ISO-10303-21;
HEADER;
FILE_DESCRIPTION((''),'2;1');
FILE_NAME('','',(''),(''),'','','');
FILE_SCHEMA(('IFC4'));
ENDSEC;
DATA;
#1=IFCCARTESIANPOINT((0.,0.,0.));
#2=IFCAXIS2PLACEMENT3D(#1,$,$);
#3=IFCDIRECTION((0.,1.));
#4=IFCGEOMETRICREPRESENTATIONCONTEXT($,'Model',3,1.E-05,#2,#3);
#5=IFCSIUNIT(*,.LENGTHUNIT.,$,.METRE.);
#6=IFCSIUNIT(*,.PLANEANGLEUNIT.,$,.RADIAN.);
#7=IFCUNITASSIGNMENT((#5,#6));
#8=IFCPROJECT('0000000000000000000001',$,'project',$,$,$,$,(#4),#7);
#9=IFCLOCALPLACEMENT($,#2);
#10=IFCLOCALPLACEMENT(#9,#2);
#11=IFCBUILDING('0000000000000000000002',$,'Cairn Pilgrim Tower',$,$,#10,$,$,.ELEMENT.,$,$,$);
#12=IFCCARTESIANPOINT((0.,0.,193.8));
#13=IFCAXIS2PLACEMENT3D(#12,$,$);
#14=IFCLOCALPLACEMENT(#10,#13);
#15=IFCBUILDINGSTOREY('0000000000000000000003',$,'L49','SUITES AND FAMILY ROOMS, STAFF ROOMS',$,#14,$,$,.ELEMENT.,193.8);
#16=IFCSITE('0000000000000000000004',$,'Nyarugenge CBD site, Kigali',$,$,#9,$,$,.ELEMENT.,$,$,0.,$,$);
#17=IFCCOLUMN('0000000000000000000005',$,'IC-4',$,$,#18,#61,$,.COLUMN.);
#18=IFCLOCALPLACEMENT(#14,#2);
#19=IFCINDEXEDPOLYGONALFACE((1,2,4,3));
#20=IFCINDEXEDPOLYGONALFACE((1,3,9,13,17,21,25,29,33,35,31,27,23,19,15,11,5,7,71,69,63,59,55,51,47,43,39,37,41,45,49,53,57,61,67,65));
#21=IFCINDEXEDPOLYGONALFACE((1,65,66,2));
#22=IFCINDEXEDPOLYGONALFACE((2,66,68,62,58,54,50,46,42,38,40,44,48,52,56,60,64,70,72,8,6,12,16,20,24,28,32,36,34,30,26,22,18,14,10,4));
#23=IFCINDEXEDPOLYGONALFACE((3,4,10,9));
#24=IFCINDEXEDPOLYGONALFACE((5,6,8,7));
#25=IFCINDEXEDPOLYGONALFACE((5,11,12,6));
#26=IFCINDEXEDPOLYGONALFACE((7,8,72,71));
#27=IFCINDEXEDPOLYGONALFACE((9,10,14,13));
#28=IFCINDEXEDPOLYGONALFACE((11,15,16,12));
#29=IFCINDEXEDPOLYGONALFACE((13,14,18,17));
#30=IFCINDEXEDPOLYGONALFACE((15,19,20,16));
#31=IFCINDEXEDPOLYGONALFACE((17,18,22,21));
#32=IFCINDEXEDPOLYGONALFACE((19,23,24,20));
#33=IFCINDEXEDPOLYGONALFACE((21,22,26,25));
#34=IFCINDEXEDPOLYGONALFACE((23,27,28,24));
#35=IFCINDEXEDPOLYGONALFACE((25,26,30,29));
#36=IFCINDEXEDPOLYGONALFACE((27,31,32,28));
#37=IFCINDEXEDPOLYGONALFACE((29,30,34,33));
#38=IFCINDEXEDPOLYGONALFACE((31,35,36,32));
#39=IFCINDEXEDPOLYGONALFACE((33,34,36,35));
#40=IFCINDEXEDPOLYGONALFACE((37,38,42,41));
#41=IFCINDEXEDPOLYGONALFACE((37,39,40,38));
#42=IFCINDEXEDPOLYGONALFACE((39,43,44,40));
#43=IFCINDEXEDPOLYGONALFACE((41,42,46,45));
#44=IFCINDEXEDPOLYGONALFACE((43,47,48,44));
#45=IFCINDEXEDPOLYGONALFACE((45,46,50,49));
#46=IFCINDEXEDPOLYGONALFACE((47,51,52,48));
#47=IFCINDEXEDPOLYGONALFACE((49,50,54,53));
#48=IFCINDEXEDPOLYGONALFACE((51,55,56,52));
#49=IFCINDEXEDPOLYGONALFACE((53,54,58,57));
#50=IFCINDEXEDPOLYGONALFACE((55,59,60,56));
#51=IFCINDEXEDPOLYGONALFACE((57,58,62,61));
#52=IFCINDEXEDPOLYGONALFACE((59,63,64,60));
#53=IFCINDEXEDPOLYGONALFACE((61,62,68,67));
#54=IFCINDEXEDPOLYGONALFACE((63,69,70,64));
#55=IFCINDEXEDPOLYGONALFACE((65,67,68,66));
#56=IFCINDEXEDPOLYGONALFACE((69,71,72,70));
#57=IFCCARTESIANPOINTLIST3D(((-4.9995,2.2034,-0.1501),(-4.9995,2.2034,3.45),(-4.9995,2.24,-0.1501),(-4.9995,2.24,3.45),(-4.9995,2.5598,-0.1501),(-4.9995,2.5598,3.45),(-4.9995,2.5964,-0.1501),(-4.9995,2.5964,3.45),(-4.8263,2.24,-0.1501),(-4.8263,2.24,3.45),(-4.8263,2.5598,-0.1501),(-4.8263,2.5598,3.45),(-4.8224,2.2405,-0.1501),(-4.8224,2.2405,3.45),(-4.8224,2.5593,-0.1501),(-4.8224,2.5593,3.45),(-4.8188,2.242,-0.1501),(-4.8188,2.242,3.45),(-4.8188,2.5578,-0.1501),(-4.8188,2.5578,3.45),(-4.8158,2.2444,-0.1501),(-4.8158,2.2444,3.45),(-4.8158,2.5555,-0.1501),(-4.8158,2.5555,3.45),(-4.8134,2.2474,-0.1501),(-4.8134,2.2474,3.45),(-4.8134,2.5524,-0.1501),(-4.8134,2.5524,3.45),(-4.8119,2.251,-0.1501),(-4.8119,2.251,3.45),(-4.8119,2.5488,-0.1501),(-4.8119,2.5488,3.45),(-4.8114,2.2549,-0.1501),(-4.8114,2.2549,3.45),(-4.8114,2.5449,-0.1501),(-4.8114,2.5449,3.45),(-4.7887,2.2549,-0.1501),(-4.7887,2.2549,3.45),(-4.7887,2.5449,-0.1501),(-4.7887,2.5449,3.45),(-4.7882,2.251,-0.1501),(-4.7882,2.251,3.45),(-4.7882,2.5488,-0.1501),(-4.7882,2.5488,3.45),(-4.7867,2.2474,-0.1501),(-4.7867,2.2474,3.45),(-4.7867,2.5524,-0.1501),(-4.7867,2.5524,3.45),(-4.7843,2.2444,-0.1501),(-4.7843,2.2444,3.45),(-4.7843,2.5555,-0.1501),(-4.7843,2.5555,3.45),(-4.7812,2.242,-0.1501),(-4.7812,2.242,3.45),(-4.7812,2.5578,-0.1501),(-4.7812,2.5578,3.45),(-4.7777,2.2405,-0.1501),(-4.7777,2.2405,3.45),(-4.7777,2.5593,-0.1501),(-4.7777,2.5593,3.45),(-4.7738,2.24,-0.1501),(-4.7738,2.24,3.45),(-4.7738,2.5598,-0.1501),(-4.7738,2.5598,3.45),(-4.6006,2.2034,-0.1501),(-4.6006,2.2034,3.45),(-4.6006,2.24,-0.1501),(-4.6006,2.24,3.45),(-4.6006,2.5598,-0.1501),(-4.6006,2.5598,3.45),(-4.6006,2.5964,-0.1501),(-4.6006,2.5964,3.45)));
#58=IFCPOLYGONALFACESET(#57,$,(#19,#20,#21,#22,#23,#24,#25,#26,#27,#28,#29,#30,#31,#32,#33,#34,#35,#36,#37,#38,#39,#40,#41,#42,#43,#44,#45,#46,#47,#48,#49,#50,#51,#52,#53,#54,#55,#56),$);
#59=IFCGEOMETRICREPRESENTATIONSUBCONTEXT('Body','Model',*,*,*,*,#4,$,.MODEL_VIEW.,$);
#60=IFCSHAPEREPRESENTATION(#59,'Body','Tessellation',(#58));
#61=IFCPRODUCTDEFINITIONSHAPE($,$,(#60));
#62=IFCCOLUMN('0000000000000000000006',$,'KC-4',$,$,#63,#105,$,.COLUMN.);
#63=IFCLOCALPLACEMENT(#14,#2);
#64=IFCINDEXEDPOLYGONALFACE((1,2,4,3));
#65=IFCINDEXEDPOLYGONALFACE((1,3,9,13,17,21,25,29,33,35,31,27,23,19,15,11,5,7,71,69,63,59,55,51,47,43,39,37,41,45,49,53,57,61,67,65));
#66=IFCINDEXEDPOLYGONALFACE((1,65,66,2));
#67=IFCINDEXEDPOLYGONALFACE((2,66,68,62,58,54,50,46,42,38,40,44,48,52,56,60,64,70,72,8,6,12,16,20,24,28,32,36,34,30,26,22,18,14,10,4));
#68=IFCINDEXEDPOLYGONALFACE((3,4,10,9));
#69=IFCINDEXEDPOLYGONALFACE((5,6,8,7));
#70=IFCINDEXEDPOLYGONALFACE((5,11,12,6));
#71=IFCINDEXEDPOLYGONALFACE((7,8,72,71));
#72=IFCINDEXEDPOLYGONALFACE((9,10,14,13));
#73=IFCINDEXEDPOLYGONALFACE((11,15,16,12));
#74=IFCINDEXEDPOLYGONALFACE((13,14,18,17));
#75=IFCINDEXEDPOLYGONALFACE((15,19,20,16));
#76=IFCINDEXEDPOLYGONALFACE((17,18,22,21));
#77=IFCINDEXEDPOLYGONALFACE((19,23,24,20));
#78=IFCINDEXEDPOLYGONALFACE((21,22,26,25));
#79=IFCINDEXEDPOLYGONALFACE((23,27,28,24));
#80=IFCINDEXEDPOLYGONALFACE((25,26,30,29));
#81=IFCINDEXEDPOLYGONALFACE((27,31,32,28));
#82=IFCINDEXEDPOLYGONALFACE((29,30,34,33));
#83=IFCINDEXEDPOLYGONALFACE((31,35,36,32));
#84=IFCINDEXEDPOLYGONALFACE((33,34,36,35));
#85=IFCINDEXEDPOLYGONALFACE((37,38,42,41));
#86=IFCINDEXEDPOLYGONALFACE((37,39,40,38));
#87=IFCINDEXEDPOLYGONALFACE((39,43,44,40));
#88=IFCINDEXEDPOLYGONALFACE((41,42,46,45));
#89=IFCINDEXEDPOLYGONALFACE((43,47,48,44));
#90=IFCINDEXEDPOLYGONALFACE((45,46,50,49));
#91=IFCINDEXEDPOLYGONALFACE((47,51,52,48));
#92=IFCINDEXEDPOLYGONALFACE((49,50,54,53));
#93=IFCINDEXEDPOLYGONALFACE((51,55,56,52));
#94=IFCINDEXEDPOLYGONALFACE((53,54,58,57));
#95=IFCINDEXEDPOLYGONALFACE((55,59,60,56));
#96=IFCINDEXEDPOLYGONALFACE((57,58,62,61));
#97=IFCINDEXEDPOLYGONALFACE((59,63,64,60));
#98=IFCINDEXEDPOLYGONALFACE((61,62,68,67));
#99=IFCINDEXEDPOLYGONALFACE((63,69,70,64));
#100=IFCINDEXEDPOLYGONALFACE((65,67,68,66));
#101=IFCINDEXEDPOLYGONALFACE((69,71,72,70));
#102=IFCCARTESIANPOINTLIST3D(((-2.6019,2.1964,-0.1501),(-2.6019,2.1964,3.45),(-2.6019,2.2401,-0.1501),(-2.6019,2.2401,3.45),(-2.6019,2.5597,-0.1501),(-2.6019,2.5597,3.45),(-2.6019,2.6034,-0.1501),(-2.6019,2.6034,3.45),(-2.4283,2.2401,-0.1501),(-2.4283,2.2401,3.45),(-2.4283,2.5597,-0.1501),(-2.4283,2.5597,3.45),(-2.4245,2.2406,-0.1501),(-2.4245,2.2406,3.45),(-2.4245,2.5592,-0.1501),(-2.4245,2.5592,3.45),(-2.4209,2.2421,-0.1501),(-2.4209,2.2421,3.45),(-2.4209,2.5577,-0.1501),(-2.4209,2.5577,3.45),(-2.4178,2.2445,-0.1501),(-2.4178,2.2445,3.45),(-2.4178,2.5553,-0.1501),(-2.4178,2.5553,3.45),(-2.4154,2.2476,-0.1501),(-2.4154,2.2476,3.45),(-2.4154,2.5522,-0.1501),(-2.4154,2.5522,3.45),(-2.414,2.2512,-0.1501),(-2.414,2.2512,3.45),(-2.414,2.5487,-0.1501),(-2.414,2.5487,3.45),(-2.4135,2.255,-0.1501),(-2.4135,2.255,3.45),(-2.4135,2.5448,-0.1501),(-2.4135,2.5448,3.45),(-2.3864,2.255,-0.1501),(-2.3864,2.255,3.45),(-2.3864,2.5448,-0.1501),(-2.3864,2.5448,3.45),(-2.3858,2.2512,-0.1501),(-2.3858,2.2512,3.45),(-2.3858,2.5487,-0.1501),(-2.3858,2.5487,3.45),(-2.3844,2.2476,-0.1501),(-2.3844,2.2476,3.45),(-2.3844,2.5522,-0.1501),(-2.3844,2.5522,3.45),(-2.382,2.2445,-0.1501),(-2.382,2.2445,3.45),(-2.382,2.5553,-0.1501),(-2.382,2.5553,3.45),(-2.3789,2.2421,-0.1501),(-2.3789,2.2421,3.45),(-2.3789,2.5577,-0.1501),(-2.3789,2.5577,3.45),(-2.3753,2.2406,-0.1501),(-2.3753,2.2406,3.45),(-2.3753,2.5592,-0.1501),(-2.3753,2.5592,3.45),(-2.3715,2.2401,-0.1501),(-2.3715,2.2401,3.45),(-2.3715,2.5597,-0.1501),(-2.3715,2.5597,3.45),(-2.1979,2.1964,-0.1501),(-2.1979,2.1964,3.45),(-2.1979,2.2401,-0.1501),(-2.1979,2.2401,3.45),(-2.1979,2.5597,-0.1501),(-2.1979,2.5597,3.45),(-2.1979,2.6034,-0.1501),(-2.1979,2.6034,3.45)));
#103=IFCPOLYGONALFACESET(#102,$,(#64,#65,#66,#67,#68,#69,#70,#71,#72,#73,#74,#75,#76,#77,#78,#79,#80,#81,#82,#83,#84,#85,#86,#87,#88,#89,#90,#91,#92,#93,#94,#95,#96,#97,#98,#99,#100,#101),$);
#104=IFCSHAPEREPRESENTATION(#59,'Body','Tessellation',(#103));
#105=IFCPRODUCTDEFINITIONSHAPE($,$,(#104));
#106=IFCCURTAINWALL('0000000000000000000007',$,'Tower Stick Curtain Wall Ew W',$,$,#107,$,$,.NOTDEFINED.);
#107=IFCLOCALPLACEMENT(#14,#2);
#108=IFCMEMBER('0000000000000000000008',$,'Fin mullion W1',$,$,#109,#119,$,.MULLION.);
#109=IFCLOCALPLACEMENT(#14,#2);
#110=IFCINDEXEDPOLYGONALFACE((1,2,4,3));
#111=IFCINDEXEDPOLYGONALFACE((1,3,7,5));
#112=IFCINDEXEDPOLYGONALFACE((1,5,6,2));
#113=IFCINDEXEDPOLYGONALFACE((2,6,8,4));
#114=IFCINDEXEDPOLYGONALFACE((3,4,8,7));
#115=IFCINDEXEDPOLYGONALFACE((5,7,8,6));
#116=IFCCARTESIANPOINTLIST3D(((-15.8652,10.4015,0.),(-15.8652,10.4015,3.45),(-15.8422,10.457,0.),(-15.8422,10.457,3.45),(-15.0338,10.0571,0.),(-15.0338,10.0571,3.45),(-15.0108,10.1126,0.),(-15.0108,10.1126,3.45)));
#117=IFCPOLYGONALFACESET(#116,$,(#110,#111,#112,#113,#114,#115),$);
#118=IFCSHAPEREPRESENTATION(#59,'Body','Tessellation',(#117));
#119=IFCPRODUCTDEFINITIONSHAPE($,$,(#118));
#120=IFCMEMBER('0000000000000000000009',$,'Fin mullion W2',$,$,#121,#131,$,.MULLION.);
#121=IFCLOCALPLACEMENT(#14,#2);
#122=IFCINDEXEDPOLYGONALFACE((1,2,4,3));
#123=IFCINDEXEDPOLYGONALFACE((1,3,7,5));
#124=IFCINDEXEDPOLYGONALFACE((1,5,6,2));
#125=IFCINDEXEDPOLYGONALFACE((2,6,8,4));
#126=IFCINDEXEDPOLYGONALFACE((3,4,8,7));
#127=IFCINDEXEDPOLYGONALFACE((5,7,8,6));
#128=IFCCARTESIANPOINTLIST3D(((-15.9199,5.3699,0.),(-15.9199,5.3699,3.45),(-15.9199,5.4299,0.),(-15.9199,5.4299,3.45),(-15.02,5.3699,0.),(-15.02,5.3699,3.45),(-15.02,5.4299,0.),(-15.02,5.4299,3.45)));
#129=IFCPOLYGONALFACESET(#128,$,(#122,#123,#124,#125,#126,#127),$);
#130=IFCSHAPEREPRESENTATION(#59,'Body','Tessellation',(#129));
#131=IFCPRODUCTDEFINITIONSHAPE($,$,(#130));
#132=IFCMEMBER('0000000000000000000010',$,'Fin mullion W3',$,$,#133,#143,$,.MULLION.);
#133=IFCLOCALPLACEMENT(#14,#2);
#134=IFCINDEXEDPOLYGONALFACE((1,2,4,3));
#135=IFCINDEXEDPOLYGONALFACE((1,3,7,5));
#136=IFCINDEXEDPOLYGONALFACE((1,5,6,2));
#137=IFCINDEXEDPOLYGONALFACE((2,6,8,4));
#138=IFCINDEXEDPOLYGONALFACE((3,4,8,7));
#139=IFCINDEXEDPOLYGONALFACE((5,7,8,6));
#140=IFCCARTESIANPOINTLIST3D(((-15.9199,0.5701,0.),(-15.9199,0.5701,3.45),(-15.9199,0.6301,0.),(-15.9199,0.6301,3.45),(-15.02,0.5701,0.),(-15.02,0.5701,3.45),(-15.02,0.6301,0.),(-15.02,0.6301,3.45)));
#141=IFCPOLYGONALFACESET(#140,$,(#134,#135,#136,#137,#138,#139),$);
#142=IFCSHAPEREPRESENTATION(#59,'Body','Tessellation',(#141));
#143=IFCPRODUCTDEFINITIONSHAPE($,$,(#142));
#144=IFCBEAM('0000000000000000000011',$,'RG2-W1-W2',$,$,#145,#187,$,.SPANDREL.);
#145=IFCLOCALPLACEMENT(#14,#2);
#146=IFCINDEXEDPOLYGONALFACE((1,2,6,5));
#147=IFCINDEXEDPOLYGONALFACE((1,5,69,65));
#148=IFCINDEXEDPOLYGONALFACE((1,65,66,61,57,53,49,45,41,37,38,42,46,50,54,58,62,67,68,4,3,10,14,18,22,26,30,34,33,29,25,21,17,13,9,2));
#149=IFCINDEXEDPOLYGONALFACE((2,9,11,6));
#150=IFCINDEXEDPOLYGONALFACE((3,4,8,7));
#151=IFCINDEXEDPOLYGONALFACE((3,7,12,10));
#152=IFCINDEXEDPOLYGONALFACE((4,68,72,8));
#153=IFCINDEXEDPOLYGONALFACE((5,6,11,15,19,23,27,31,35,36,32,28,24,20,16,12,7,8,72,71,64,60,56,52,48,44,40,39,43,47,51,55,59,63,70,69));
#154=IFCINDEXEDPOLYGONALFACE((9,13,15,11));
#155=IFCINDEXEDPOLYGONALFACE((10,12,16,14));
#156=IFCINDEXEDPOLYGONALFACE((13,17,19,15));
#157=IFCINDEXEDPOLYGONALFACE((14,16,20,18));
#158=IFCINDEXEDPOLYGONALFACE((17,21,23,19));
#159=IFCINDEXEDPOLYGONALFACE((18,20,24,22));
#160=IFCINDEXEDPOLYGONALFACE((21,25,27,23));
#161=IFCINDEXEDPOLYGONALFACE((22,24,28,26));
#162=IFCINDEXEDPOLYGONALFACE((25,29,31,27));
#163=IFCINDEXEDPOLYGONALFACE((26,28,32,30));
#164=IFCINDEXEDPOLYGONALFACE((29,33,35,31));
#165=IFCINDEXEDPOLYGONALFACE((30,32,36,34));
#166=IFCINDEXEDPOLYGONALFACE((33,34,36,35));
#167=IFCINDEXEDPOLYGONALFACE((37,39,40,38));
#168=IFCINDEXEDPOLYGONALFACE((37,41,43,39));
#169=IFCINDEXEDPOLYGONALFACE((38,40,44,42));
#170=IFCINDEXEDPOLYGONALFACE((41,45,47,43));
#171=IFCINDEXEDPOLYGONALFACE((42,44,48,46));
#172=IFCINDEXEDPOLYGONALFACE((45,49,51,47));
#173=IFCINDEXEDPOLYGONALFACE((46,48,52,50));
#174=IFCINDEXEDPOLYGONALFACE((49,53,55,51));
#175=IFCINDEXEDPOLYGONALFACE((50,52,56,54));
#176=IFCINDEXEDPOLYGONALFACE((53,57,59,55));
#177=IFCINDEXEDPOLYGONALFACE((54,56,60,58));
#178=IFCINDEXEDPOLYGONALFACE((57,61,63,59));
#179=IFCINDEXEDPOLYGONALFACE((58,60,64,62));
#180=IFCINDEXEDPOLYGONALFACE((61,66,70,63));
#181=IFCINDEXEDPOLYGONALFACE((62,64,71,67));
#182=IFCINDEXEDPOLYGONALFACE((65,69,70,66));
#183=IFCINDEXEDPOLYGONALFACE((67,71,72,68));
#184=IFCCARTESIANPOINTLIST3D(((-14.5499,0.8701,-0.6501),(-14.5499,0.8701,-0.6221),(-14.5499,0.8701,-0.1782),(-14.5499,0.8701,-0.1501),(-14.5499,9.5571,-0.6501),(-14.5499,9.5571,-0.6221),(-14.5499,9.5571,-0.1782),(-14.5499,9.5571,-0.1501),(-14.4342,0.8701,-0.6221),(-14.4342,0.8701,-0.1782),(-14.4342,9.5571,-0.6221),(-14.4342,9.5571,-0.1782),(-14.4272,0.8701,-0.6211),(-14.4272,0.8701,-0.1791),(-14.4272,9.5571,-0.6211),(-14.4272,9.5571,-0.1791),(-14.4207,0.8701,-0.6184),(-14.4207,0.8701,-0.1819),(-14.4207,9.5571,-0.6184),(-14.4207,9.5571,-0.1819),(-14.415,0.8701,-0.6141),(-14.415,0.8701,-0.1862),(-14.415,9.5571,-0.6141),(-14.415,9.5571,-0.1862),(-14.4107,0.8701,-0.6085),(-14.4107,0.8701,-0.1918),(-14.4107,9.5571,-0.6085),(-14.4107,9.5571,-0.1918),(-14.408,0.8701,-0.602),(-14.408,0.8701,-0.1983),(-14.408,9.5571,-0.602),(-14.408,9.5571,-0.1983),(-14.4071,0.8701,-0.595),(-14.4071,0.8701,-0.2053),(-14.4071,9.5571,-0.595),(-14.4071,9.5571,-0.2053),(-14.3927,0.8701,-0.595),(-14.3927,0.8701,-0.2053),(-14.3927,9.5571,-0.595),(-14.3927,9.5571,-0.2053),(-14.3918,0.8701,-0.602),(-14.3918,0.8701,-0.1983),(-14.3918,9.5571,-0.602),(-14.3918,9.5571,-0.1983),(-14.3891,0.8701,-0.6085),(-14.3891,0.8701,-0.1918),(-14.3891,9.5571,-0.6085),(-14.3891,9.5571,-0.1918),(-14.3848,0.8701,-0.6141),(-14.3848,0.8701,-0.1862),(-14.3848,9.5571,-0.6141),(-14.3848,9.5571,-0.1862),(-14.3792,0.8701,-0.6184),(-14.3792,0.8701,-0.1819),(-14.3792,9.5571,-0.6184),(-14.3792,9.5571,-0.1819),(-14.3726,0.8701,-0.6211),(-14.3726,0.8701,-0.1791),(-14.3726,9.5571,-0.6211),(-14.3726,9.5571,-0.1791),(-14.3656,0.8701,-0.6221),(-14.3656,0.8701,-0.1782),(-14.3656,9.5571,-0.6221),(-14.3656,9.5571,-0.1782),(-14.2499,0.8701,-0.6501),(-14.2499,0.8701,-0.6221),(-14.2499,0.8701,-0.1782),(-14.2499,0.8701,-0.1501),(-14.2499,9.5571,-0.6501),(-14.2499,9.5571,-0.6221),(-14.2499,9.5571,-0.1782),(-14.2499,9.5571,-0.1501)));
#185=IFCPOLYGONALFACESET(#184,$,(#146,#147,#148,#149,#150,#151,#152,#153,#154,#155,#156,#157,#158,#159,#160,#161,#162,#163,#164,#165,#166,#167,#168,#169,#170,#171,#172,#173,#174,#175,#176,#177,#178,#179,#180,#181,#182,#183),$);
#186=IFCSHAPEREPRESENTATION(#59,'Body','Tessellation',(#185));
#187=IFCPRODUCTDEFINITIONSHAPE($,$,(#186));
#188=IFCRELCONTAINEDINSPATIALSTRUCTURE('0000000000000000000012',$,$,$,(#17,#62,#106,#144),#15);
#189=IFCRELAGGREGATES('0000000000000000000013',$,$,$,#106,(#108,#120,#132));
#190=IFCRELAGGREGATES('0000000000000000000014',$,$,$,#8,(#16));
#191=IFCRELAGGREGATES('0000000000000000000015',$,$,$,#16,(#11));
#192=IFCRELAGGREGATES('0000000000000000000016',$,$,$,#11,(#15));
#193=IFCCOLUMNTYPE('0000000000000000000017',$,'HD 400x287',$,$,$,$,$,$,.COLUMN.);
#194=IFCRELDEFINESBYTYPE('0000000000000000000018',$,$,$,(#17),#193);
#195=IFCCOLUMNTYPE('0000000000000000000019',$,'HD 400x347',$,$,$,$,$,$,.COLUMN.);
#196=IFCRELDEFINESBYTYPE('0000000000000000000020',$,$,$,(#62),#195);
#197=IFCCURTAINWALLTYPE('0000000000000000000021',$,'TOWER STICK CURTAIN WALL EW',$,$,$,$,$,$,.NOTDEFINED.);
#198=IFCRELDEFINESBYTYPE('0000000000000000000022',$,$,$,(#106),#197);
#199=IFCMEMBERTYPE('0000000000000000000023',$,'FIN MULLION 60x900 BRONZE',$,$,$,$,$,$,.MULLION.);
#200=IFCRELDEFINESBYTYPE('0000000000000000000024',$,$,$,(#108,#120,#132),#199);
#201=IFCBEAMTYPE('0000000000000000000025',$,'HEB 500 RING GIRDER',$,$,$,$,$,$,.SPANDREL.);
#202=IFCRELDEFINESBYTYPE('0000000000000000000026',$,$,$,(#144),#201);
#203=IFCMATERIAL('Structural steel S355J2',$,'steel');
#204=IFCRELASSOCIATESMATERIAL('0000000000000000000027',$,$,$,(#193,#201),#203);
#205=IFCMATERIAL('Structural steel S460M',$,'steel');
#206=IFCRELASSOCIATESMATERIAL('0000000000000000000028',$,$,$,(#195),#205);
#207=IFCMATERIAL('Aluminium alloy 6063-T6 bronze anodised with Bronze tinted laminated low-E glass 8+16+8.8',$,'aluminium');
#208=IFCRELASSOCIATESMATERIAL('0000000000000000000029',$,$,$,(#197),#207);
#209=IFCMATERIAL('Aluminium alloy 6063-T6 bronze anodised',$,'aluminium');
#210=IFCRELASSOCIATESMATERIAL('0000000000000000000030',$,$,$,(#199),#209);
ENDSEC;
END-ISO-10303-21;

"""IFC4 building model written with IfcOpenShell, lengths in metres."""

from ifc_helpers import new_model, si_unit, direction, frame, origin, origin_2d, place, context, subcontext, project, spatial, rectangle, i_section, extrude, material, material_profile, profile_set, type_object, element, aggregate, save


model = new_model("IFC4")

# Units and contexts
model_context = context("Model", 3, precision=1e-05, world=origin(), true_north=direction((0.0, 1.0)))
body_context = subcontext(model_context, "Body", "Model", "MODEL_VIEW")
ifc_project = project(units=[si_unit("LENGTHUNIT", "METRE"), si_unit("PLANEANGLEUNIT", "RADIAN")], contexts=[model_context])

# Site, building, storey
site_placement = place(None, origin())
site = spatial("IfcSite", under=ifc_project, at=site_placement, Name="Nyarugenge CBD site, Kigali", CompositionType="ELEMENT", RefElevation=0.0)
building_placement = place(site_placement, origin())
building = spatial("IfcBuilding", under=site, at=building_placement, Name="Cairn Pilgrim Tower", CompositionType="ELEMENT")
storey_placement = place(building_placement, frame((0.0, 0.0, 193.8)))
storey = spatial("IfcBuildingStorey", under=building, at=storey_placement, Name="L49", Description="SUITES AND FAMILY ROOMS, STAFF ROOMS", CompositionType="ELEMENT", Elevation=193.8)

# Columns
ifc_material_1 = material(Name="Structural steel S460M", Category="steel")
ifc_material_2 = material(Name="Structural steel S355J2", Category="steel")
ifc_material_profile_1 = material_profile(ifc_material_2, i_section(OverallWidth=0.3989, OverallDepth=0.3931, WebThickness=0.0227, FlangeThickness=0.0366, FilletRadius=0.0149, at=origin_2d()), Name="HD 400x287")
ifc_profile_set_1 = profile_set([ifc_material_profile_1], Name="Structural steel S355J2")
column_type_1 = type_object("IfcColumnType", Name="HD 400x287", PredefinedType="COLUMN", material=ifc_profile_set_1)
column_1_placement = place(storey_placement, frame((-4.8, 2.3999, -0.1501), z_axis=(0.0, 0.0, 1.0), x_axis=(1.0, 0.0, 0.0)))
element("IfcColumn", 1, at=column_1_placement, inside=storey, type_object=column_type_1, Name="IC-4", PredefinedType="COLUMN", context=body_context, shape_type="SweptSolid", body=[
    extrude(i_section(OverallWidth=0.3989, OverallDepth=0.3931, WebThickness=0.0227, FlangeThickness=0.0366, FilletRadius=0.0149, at=origin_2d()), origin(), (0.0, 0.0, 1.0), 3.6001),
])
ifc_material_profile_2 = material_profile(ifc_material_1, i_section(OverallWidth=0.4041, OverallDepth=0.407, WebThickness=0.0271, FlangeThickness=0.0437, FilletRadius=0.0149, at=origin_2d()), Name="HD 400x347")
ifc_profile_set_2 = profile_set([ifc_material_profile_2], Name="Structural steel S460M")
column_type_2 = type_object("IfcColumnType", Name="HD 400x347", PredefinedType="COLUMN", material=ifc_profile_set_2)
column_2_placement = place(storey_placement, frame((-2.3999, 2.3999, -0.1501), z_axis=(0.0, 0.0, 1.0), x_axis=(1.0, 0.0, 0.0)))
element("IfcColumn", 2, at=column_2_placement, inside=storey, type_object=column_type_2, Name="KC-4", PredefinedType="COLUMN", context=body_context, shape_type="SweptSolid", body=[
    extrude(i_section(OverallWidth=0.4041, OverallDepth=0.407, WebThickness=0.0271, FlangeThickness=0.0437, FilletRadius=0.0149, at=origin_2d()), origin(), (0.0, 0.0, 1.0), 3.6001),
])

# Curtain wall, members
ifc_material_3 = material(Name="Aluminium alloy 6063-T6 bronze anodised with Bronze tinted laminated low-E glass 8+16+8.8", Category="aluminium")
curtain_wall_type = type_object("IfcCurtainWallType", Name="TOWER STICK CURTAIN WALL EW", PredefinedType="NOTDEFINED", material=ifc_material_3)
curtain_wall_placement = place(storey_placement, origin())
curtain_wall = element("IfcCurtainWall", 3, at=curtain_wall_placement, inside=storey, type_object=curtain_wall_type, Name="Tower Stick Curtain Wall Ew W", PredefinedType="NOTDEFINED")
ifc_material_4 = material(Name="Aluminium alloy 6063-T6 bronze anodised", Category="aluminium")
ifc_material_profile_3 = material_profile(ifc_material_4, rectangle(XDim=0.8999, YDim=0.0601, at=origin_2d()), Name="FIN MULLION 60x900 BRONZE")
ifc_profile_set_3 = profile_set([ifc_material_profile_3], Name="Aluminium alloy 6063-T6 bronze anodised")
member_type_1 = type_object("IfcMemberType", Name="FIN MULLION 60x900 BRONZE", PredefinedType="MULLION", material=ifc_profile_set_3)
member_1_placement = place(storey_placement, frame((-15.438, 10.2571, 0.0), z_axis=(0.0, 0.0, 1.0), x_axis=(-0.92388, 0.382683, 0.0)))
member_1 = element("IfcMember", 4, at=member_1_placement, type_object=member_type_1, Name="Fin mullion W1", PredefinedType="MULLION", context=body_context, shape_type="SweptSolid", body=[
    extrude(rectangle(XDim=0.8999, YDim=0.0601, at=origin_2d()), origin(), (0.0, 0.0, 1.0), 3.45),
])
member_2_placement = place(storey_placement, frame((-15.47, 5.3999, 0.0), z_axis=(0.0, 0.0, 1.0), x_axis=(-1.0, 0.0, 0.0)))
member_2 = element("IfcMember", 5, at=member_2_placement, type_object=member_type_1, Name="Fin mullion W2", PredefinedType="MULLION", context=body_context, shape_type="SweptSolid", body=[
    extrude(rectangle(XDim=0.8999, YDim=0.0601, at=origin_2d()), origin(), (0.0, 0.0, 1.0), 3.45),
])
member_3_placement = place(storey_placement, frame((-15.47, 0.6001, 0.0), z_axis=(0.0, 0.0, 1.0), x_axis=(-1.0, 0.0, 0.0)))
member_3 = element("IfcMember", 6, at=member_3_placement, type_object=member_type_1, Name="Fin mullion W3", PredefinedType="MULLION", context=body_context, shape_type="SweptSolid", body=[
    extrude(rectangle(XDim=0.8999, YDim=0.0601, at=origin_2d()), origin(), (0.0, 0.0, 1.0), 3.45),
])

# Beam
ifc_material_profile_4 = material_profile(ifc_material_2, i_section(OverallWidth=0.3, OverallDepth=0.5, WebThickness=0.0144, FlangeThickness=0.0281, FilletRadius=0.0271, at=origin_2d()), Name="HEB 500")
ifc_profile_set_4 = profile_set([ifc_material_profile_4], Name="Structural steel S355J2")
beam_type_1 = type_object("IfcBeamType", Name="HEB 500 RING GIRDER", PredefinedType="SPANDREL", material=ifc_profile_set_4)
beam_1_placement = place(storey_placement, frame((-14.3999, 9.5571, -0.4001), z_axis=(0.0, -1.0, 0.0), x_axis=(1.0, 0.0, 0.0)))
element("IfcBeam", 7, at=beam_1_placement, inside=storey, type_object=beam_type_1, Name="RG2-W1-W2", PredefinedType="SPANDREL", context=body_context, shape_type="SweptSolid", body=[
    extrude(i_section(OverallWidth=0.3, OverallDepth=0.5, WebThickness=0.0144, FlangeThickness=0.0281, FilletRadius=0.0271, at=origin_2d()), origin(), (0.0, 0.0, 1.0), 8.687),
])

aggregate(curtain_wall, [member_1, member_2, member_3])

save(model, "model.ifc")
